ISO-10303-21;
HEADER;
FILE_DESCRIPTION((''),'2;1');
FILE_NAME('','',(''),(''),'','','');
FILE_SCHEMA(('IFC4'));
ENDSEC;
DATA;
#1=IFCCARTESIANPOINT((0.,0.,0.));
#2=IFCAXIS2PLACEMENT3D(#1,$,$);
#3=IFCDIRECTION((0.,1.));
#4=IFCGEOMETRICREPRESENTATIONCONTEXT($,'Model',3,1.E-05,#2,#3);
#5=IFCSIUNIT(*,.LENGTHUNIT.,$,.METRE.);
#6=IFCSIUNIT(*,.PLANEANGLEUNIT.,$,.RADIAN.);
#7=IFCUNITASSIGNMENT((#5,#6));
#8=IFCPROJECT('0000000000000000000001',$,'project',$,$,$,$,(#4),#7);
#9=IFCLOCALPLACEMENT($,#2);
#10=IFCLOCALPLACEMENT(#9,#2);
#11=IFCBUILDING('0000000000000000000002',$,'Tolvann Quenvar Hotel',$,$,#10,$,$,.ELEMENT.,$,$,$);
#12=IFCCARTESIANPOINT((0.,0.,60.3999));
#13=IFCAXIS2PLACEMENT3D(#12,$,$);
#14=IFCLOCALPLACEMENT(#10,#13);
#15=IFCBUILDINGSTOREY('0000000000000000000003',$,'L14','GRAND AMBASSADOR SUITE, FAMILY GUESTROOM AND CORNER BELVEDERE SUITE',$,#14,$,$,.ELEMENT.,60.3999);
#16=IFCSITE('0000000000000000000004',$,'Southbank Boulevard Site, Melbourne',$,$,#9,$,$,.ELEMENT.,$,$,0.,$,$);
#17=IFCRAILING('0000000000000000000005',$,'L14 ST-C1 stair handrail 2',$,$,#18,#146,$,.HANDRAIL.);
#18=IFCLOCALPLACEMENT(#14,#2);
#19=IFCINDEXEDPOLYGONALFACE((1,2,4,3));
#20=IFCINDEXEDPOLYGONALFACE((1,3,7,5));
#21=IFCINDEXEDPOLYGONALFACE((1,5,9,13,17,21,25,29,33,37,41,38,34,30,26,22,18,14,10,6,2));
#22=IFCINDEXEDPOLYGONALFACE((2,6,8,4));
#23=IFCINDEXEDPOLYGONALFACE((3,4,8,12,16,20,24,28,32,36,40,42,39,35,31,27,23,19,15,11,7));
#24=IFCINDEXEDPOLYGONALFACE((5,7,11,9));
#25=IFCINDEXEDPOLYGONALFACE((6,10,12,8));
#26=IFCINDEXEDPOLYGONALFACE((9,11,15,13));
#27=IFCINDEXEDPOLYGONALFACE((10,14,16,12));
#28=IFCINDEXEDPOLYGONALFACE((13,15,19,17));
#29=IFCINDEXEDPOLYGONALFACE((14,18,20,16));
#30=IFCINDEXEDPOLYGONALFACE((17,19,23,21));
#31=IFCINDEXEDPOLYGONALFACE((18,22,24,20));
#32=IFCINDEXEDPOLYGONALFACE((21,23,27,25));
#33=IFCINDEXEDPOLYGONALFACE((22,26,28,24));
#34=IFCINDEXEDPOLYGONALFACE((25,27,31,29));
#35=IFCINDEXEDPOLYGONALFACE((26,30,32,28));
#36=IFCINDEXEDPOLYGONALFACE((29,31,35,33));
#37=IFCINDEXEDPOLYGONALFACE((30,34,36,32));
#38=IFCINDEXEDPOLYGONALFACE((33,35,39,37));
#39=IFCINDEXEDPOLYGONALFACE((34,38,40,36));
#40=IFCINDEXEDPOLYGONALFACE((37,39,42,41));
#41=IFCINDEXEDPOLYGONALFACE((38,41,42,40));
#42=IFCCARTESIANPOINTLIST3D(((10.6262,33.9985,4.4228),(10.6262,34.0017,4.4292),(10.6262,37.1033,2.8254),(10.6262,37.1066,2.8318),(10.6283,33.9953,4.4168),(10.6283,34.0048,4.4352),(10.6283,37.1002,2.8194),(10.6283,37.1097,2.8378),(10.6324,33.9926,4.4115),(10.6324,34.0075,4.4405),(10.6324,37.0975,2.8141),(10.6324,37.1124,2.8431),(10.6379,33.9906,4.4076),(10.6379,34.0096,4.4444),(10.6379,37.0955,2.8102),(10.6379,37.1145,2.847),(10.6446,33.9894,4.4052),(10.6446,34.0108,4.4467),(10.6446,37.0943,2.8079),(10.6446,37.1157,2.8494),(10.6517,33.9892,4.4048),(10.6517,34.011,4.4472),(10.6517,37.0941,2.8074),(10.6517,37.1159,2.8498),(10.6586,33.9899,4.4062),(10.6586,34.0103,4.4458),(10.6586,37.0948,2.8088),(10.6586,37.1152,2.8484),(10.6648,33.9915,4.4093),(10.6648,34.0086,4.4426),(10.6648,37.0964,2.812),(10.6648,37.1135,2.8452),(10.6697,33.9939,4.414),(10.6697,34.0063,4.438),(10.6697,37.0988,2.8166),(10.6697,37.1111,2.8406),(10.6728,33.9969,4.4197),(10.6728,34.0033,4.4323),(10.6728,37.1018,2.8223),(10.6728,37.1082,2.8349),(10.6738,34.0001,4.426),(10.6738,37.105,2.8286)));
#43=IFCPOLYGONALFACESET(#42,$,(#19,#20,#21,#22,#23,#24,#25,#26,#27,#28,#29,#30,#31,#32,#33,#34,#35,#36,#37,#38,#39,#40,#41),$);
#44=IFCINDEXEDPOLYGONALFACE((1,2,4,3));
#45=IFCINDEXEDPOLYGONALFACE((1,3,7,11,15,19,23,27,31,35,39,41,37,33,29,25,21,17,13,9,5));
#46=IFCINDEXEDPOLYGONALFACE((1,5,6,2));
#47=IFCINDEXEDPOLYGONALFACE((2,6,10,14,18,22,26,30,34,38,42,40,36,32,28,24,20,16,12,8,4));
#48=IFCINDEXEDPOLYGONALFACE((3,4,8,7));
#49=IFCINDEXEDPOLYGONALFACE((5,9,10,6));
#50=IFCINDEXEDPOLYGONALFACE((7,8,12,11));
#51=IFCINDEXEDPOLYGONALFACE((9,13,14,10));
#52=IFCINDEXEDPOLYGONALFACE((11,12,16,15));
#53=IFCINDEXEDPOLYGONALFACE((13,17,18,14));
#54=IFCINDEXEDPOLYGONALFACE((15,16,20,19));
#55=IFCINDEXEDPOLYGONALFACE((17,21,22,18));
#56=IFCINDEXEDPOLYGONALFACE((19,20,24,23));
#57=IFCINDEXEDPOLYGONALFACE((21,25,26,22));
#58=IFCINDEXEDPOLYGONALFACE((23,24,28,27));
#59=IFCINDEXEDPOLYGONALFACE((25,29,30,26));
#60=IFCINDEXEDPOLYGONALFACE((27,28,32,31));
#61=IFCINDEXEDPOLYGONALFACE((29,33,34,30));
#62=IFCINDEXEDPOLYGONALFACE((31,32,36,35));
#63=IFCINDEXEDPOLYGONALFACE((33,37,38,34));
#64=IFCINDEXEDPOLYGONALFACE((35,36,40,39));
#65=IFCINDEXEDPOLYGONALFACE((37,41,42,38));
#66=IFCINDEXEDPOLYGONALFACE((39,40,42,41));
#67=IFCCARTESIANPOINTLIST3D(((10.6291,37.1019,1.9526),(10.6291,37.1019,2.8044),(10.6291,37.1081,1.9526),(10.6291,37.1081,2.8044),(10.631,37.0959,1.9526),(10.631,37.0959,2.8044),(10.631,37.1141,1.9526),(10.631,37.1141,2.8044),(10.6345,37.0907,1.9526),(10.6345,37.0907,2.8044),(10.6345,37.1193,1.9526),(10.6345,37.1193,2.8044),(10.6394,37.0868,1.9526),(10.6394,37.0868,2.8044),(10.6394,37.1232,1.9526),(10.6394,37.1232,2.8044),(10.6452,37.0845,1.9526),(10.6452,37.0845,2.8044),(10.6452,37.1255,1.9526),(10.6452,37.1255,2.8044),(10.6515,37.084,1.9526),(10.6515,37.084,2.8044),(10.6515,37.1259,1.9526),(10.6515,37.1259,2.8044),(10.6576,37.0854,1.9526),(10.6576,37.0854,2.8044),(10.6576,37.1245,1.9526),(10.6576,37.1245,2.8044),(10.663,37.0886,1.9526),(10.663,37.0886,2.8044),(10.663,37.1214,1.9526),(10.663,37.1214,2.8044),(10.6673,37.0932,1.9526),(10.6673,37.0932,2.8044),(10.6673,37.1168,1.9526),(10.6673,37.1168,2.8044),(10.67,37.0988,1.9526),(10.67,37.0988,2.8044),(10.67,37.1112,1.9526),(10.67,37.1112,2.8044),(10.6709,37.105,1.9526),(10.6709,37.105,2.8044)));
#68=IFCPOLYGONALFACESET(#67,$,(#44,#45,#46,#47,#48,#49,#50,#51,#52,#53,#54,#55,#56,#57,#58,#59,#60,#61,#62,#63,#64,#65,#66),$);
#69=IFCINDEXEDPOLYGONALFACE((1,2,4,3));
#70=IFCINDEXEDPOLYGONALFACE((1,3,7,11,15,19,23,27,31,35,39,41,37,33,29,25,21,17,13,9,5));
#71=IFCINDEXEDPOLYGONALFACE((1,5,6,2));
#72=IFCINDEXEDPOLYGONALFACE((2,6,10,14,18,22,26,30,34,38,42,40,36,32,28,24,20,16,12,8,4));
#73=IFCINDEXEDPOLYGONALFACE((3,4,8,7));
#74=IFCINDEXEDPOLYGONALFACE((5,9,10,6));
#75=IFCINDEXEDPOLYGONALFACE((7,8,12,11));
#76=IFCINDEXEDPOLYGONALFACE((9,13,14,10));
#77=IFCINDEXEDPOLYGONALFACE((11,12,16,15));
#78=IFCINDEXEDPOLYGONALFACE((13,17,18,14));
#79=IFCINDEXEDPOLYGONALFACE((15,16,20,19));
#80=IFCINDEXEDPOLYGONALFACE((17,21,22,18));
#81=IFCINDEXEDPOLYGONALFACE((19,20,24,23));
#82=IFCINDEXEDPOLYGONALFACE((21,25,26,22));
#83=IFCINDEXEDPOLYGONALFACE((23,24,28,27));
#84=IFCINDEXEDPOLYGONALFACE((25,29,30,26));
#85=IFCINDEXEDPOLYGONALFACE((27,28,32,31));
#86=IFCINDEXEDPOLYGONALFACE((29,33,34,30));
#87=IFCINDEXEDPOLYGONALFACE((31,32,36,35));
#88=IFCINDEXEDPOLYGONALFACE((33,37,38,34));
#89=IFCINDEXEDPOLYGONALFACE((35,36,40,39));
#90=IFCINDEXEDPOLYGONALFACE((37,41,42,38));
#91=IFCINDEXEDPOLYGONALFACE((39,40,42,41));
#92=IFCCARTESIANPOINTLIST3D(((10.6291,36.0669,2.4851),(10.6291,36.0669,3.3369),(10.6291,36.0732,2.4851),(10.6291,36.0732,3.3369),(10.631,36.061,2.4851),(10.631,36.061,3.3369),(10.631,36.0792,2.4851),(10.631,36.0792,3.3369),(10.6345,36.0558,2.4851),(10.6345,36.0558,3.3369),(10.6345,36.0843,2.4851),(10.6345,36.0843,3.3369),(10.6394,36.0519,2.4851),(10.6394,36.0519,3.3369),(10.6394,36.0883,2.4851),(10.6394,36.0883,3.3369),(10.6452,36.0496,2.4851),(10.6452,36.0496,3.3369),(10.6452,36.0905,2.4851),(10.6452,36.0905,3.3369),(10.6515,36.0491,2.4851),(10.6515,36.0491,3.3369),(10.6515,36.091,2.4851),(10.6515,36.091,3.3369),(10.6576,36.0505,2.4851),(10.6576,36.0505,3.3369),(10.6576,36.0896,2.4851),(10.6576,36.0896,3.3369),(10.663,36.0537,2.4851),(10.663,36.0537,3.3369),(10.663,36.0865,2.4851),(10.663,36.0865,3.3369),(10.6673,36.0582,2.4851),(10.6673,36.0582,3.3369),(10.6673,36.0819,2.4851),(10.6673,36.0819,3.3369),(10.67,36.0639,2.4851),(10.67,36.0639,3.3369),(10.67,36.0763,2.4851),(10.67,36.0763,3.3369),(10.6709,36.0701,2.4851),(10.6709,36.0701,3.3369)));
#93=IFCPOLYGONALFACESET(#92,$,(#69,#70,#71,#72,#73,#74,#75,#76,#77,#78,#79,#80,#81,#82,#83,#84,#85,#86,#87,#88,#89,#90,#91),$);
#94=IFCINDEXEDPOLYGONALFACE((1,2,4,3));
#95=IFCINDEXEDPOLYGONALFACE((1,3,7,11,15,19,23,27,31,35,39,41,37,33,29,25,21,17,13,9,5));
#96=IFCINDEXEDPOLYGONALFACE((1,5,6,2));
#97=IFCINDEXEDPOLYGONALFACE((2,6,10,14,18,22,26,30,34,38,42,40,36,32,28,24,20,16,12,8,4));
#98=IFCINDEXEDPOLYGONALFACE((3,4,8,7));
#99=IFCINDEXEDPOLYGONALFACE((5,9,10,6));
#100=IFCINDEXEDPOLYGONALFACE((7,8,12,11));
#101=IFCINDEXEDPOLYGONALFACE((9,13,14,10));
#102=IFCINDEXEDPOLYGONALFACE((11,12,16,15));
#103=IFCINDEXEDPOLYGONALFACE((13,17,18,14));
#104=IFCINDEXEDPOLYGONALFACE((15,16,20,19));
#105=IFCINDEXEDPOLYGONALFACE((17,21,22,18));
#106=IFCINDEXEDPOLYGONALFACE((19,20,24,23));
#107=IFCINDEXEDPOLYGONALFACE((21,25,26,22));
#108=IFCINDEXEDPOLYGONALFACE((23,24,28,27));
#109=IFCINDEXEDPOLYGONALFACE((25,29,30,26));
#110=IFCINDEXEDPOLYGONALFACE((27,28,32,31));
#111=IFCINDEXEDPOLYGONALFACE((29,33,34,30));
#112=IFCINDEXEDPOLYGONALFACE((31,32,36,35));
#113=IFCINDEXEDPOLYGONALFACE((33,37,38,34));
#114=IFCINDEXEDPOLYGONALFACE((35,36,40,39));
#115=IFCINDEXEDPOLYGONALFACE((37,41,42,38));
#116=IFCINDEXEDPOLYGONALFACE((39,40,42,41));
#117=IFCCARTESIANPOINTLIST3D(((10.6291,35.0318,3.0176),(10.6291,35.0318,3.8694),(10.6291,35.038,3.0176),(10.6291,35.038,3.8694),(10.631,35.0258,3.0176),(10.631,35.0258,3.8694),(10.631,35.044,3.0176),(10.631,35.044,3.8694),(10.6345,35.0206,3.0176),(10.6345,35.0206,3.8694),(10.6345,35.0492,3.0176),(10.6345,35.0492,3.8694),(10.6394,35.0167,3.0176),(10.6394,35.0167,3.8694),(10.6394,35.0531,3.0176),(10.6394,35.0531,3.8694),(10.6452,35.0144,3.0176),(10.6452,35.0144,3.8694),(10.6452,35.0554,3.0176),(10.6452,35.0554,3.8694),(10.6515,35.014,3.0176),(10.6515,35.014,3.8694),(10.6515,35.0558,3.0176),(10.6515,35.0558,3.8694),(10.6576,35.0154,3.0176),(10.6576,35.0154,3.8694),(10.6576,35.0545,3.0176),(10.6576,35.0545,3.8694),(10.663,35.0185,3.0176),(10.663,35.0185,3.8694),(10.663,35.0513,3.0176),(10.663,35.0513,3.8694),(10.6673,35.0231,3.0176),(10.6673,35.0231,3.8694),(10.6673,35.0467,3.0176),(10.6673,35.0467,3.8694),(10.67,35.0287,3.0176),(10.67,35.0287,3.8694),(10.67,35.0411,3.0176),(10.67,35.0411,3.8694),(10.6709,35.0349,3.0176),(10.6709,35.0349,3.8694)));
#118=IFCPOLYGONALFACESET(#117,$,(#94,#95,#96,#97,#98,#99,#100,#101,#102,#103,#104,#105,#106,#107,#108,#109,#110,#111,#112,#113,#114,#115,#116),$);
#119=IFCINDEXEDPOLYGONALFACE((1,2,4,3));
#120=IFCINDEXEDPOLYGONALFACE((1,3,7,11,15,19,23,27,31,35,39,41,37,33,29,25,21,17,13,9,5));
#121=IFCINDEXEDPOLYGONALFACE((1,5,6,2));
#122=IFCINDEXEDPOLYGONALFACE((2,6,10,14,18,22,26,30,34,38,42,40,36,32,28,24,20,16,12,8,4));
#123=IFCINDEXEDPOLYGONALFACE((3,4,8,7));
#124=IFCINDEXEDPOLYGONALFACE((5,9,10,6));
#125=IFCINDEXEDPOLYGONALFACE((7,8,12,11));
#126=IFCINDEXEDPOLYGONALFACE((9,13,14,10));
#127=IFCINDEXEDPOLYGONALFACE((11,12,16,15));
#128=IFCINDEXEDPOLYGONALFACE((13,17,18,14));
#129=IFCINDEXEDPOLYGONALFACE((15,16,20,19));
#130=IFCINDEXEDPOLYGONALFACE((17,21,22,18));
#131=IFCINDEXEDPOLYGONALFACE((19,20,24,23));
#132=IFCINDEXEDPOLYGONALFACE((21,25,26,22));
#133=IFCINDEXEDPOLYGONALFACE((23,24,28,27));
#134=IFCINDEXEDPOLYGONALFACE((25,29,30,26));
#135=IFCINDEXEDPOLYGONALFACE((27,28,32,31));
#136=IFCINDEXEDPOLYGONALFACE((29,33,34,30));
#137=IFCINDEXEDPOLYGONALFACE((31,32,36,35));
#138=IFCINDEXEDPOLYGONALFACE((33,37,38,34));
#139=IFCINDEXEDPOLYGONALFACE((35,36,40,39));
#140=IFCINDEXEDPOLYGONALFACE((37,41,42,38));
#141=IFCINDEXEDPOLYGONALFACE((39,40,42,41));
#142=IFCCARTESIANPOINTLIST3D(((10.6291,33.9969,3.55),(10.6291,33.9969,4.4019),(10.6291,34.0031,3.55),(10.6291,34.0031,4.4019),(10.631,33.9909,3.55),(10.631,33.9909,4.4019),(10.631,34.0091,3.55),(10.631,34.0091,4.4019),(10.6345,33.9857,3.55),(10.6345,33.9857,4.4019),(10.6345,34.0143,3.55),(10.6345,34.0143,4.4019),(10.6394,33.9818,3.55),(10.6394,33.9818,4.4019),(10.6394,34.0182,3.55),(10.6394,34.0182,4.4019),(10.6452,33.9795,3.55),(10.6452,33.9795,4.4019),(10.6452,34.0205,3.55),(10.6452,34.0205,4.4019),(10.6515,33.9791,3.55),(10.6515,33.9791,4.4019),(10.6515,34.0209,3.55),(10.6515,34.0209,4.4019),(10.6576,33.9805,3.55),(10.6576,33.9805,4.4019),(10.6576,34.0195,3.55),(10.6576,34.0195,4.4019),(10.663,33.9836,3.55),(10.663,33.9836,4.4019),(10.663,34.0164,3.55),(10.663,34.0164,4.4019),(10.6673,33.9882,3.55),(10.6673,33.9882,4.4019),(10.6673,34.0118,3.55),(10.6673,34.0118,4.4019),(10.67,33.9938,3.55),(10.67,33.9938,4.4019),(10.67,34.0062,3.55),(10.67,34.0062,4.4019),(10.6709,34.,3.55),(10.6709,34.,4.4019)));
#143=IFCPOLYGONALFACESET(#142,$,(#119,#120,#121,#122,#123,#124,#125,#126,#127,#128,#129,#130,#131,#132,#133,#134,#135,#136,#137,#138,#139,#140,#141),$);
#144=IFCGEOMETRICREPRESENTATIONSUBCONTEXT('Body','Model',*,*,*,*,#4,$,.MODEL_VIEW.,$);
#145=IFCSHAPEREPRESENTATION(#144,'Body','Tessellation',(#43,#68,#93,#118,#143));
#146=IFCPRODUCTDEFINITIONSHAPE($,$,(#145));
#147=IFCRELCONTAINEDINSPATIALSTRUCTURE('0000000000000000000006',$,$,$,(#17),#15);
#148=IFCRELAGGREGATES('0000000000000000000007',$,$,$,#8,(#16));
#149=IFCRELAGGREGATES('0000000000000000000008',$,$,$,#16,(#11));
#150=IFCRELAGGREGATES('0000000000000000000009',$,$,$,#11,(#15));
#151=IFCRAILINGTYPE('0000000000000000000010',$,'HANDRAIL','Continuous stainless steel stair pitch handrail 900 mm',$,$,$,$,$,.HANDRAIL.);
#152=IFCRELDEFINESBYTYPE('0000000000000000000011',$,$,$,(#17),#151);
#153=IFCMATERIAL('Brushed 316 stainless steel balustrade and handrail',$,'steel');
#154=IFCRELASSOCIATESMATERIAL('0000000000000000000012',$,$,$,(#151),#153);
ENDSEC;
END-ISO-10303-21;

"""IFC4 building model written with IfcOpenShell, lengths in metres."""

from ifc_helpers import new_model, si_unit, direction, frame, origin, origin_2d, place, context, subcontext, project, spatial, circle, extrude, material, type_object, element, save


model = new_model("IFC4")

# Units and contexts
model_context = context("Model", 3, precision=1e-05, world=origin(), true_north=direction((0.0, 1.0)))
body_context = subcontext(model_context, "Body", "Model", "MODEL_VIEW")
ifc_project = project(units=[si_unit("LENGTHUNIT", "METRE"), si_unit("PLANEANGLEUNIT", "RADIAN")], contexts=[model_context])

# Site, building, storey
site_placement = place(None, origin())
site = spatial("IfcSite", under=ifc_project, at=site_placement, Name="Southbank Boulevard Site, Melbourne", CompositionType="ELEMENT", RefElevation=0.0)
building_placement = place(site_placement, origin())
building = spatial("IfcBuilding", under=site, at=building_placement, Name="Tolvann Quenvar Hotel", CompositionType="ELEMENT")
storey_placement = place(building_placement, frame((0.0, 0.0, 60.3999)))
storey = spatial("IfcBuildingStorey", under=building, at=storey_placement, Name="L14", Description="GRAND AMBASSADOR SUITE, FAMILY GUESTROOM AND CORNER BELVEDERE SUITE", CompositionType="ELEMENT", Elevation=60.3999)

# Railing
ifc_material_1 = material(Name="Brushed 316 stainless steel balustrade and handrail", Category="steel")
railing_type_1 = type_object("IfcRailingType", Name="HANDRAIL", Description="Continuous stainless steel stair pitch handrail 900 mm", PredefinedType="HANDRAIL", material=ifc_material_1)
railing_1_placement = place(storey_placement, frame((10.6499, 37.105, 1.9526)))
element("IfcRailing", 1, at=railing_1_placement, inside=storey, type_object=railing_type_1, Name="L14 ST-C1 stair handrail 2", PredefinedType="HANDRAIL", context=body_context, shape_type="SweptSolid", body=[
    extrude(circle(Radius=0.0239, at=origin_2d()), frame((0.0, 0.0, 0.876), z_axis=(0.0, -0.889222, 0.457476), x_axis=(1.0, 0.0, 0.0)), (0.0, 0.0, 1.0), 3.4917),
    extrude(circle(Radius=0.021, at=origin_2d()), origin(), (0.0, 0.0, 1.0), 0.8518),
    extrude(circle(Radius=0.021, at=origin_2d()), frame((0.0, -1.0349, 0.5325)), (0.0, 0.0, 1.0), 0.8518),
    extrude(circle(Radius=0.021, at=origin_2d()), frame((0.0, -2.0701, 1.0649)), (0.0, 0.0, 1.0), 0.8518),
    extrude(circle(Radius=0.021, at=origin_2d()), frame((0.0, -3.105, 1.5974)), (0.0, 0.0, 1.0), 0.8518),
])

save(model, "model.ifc")
